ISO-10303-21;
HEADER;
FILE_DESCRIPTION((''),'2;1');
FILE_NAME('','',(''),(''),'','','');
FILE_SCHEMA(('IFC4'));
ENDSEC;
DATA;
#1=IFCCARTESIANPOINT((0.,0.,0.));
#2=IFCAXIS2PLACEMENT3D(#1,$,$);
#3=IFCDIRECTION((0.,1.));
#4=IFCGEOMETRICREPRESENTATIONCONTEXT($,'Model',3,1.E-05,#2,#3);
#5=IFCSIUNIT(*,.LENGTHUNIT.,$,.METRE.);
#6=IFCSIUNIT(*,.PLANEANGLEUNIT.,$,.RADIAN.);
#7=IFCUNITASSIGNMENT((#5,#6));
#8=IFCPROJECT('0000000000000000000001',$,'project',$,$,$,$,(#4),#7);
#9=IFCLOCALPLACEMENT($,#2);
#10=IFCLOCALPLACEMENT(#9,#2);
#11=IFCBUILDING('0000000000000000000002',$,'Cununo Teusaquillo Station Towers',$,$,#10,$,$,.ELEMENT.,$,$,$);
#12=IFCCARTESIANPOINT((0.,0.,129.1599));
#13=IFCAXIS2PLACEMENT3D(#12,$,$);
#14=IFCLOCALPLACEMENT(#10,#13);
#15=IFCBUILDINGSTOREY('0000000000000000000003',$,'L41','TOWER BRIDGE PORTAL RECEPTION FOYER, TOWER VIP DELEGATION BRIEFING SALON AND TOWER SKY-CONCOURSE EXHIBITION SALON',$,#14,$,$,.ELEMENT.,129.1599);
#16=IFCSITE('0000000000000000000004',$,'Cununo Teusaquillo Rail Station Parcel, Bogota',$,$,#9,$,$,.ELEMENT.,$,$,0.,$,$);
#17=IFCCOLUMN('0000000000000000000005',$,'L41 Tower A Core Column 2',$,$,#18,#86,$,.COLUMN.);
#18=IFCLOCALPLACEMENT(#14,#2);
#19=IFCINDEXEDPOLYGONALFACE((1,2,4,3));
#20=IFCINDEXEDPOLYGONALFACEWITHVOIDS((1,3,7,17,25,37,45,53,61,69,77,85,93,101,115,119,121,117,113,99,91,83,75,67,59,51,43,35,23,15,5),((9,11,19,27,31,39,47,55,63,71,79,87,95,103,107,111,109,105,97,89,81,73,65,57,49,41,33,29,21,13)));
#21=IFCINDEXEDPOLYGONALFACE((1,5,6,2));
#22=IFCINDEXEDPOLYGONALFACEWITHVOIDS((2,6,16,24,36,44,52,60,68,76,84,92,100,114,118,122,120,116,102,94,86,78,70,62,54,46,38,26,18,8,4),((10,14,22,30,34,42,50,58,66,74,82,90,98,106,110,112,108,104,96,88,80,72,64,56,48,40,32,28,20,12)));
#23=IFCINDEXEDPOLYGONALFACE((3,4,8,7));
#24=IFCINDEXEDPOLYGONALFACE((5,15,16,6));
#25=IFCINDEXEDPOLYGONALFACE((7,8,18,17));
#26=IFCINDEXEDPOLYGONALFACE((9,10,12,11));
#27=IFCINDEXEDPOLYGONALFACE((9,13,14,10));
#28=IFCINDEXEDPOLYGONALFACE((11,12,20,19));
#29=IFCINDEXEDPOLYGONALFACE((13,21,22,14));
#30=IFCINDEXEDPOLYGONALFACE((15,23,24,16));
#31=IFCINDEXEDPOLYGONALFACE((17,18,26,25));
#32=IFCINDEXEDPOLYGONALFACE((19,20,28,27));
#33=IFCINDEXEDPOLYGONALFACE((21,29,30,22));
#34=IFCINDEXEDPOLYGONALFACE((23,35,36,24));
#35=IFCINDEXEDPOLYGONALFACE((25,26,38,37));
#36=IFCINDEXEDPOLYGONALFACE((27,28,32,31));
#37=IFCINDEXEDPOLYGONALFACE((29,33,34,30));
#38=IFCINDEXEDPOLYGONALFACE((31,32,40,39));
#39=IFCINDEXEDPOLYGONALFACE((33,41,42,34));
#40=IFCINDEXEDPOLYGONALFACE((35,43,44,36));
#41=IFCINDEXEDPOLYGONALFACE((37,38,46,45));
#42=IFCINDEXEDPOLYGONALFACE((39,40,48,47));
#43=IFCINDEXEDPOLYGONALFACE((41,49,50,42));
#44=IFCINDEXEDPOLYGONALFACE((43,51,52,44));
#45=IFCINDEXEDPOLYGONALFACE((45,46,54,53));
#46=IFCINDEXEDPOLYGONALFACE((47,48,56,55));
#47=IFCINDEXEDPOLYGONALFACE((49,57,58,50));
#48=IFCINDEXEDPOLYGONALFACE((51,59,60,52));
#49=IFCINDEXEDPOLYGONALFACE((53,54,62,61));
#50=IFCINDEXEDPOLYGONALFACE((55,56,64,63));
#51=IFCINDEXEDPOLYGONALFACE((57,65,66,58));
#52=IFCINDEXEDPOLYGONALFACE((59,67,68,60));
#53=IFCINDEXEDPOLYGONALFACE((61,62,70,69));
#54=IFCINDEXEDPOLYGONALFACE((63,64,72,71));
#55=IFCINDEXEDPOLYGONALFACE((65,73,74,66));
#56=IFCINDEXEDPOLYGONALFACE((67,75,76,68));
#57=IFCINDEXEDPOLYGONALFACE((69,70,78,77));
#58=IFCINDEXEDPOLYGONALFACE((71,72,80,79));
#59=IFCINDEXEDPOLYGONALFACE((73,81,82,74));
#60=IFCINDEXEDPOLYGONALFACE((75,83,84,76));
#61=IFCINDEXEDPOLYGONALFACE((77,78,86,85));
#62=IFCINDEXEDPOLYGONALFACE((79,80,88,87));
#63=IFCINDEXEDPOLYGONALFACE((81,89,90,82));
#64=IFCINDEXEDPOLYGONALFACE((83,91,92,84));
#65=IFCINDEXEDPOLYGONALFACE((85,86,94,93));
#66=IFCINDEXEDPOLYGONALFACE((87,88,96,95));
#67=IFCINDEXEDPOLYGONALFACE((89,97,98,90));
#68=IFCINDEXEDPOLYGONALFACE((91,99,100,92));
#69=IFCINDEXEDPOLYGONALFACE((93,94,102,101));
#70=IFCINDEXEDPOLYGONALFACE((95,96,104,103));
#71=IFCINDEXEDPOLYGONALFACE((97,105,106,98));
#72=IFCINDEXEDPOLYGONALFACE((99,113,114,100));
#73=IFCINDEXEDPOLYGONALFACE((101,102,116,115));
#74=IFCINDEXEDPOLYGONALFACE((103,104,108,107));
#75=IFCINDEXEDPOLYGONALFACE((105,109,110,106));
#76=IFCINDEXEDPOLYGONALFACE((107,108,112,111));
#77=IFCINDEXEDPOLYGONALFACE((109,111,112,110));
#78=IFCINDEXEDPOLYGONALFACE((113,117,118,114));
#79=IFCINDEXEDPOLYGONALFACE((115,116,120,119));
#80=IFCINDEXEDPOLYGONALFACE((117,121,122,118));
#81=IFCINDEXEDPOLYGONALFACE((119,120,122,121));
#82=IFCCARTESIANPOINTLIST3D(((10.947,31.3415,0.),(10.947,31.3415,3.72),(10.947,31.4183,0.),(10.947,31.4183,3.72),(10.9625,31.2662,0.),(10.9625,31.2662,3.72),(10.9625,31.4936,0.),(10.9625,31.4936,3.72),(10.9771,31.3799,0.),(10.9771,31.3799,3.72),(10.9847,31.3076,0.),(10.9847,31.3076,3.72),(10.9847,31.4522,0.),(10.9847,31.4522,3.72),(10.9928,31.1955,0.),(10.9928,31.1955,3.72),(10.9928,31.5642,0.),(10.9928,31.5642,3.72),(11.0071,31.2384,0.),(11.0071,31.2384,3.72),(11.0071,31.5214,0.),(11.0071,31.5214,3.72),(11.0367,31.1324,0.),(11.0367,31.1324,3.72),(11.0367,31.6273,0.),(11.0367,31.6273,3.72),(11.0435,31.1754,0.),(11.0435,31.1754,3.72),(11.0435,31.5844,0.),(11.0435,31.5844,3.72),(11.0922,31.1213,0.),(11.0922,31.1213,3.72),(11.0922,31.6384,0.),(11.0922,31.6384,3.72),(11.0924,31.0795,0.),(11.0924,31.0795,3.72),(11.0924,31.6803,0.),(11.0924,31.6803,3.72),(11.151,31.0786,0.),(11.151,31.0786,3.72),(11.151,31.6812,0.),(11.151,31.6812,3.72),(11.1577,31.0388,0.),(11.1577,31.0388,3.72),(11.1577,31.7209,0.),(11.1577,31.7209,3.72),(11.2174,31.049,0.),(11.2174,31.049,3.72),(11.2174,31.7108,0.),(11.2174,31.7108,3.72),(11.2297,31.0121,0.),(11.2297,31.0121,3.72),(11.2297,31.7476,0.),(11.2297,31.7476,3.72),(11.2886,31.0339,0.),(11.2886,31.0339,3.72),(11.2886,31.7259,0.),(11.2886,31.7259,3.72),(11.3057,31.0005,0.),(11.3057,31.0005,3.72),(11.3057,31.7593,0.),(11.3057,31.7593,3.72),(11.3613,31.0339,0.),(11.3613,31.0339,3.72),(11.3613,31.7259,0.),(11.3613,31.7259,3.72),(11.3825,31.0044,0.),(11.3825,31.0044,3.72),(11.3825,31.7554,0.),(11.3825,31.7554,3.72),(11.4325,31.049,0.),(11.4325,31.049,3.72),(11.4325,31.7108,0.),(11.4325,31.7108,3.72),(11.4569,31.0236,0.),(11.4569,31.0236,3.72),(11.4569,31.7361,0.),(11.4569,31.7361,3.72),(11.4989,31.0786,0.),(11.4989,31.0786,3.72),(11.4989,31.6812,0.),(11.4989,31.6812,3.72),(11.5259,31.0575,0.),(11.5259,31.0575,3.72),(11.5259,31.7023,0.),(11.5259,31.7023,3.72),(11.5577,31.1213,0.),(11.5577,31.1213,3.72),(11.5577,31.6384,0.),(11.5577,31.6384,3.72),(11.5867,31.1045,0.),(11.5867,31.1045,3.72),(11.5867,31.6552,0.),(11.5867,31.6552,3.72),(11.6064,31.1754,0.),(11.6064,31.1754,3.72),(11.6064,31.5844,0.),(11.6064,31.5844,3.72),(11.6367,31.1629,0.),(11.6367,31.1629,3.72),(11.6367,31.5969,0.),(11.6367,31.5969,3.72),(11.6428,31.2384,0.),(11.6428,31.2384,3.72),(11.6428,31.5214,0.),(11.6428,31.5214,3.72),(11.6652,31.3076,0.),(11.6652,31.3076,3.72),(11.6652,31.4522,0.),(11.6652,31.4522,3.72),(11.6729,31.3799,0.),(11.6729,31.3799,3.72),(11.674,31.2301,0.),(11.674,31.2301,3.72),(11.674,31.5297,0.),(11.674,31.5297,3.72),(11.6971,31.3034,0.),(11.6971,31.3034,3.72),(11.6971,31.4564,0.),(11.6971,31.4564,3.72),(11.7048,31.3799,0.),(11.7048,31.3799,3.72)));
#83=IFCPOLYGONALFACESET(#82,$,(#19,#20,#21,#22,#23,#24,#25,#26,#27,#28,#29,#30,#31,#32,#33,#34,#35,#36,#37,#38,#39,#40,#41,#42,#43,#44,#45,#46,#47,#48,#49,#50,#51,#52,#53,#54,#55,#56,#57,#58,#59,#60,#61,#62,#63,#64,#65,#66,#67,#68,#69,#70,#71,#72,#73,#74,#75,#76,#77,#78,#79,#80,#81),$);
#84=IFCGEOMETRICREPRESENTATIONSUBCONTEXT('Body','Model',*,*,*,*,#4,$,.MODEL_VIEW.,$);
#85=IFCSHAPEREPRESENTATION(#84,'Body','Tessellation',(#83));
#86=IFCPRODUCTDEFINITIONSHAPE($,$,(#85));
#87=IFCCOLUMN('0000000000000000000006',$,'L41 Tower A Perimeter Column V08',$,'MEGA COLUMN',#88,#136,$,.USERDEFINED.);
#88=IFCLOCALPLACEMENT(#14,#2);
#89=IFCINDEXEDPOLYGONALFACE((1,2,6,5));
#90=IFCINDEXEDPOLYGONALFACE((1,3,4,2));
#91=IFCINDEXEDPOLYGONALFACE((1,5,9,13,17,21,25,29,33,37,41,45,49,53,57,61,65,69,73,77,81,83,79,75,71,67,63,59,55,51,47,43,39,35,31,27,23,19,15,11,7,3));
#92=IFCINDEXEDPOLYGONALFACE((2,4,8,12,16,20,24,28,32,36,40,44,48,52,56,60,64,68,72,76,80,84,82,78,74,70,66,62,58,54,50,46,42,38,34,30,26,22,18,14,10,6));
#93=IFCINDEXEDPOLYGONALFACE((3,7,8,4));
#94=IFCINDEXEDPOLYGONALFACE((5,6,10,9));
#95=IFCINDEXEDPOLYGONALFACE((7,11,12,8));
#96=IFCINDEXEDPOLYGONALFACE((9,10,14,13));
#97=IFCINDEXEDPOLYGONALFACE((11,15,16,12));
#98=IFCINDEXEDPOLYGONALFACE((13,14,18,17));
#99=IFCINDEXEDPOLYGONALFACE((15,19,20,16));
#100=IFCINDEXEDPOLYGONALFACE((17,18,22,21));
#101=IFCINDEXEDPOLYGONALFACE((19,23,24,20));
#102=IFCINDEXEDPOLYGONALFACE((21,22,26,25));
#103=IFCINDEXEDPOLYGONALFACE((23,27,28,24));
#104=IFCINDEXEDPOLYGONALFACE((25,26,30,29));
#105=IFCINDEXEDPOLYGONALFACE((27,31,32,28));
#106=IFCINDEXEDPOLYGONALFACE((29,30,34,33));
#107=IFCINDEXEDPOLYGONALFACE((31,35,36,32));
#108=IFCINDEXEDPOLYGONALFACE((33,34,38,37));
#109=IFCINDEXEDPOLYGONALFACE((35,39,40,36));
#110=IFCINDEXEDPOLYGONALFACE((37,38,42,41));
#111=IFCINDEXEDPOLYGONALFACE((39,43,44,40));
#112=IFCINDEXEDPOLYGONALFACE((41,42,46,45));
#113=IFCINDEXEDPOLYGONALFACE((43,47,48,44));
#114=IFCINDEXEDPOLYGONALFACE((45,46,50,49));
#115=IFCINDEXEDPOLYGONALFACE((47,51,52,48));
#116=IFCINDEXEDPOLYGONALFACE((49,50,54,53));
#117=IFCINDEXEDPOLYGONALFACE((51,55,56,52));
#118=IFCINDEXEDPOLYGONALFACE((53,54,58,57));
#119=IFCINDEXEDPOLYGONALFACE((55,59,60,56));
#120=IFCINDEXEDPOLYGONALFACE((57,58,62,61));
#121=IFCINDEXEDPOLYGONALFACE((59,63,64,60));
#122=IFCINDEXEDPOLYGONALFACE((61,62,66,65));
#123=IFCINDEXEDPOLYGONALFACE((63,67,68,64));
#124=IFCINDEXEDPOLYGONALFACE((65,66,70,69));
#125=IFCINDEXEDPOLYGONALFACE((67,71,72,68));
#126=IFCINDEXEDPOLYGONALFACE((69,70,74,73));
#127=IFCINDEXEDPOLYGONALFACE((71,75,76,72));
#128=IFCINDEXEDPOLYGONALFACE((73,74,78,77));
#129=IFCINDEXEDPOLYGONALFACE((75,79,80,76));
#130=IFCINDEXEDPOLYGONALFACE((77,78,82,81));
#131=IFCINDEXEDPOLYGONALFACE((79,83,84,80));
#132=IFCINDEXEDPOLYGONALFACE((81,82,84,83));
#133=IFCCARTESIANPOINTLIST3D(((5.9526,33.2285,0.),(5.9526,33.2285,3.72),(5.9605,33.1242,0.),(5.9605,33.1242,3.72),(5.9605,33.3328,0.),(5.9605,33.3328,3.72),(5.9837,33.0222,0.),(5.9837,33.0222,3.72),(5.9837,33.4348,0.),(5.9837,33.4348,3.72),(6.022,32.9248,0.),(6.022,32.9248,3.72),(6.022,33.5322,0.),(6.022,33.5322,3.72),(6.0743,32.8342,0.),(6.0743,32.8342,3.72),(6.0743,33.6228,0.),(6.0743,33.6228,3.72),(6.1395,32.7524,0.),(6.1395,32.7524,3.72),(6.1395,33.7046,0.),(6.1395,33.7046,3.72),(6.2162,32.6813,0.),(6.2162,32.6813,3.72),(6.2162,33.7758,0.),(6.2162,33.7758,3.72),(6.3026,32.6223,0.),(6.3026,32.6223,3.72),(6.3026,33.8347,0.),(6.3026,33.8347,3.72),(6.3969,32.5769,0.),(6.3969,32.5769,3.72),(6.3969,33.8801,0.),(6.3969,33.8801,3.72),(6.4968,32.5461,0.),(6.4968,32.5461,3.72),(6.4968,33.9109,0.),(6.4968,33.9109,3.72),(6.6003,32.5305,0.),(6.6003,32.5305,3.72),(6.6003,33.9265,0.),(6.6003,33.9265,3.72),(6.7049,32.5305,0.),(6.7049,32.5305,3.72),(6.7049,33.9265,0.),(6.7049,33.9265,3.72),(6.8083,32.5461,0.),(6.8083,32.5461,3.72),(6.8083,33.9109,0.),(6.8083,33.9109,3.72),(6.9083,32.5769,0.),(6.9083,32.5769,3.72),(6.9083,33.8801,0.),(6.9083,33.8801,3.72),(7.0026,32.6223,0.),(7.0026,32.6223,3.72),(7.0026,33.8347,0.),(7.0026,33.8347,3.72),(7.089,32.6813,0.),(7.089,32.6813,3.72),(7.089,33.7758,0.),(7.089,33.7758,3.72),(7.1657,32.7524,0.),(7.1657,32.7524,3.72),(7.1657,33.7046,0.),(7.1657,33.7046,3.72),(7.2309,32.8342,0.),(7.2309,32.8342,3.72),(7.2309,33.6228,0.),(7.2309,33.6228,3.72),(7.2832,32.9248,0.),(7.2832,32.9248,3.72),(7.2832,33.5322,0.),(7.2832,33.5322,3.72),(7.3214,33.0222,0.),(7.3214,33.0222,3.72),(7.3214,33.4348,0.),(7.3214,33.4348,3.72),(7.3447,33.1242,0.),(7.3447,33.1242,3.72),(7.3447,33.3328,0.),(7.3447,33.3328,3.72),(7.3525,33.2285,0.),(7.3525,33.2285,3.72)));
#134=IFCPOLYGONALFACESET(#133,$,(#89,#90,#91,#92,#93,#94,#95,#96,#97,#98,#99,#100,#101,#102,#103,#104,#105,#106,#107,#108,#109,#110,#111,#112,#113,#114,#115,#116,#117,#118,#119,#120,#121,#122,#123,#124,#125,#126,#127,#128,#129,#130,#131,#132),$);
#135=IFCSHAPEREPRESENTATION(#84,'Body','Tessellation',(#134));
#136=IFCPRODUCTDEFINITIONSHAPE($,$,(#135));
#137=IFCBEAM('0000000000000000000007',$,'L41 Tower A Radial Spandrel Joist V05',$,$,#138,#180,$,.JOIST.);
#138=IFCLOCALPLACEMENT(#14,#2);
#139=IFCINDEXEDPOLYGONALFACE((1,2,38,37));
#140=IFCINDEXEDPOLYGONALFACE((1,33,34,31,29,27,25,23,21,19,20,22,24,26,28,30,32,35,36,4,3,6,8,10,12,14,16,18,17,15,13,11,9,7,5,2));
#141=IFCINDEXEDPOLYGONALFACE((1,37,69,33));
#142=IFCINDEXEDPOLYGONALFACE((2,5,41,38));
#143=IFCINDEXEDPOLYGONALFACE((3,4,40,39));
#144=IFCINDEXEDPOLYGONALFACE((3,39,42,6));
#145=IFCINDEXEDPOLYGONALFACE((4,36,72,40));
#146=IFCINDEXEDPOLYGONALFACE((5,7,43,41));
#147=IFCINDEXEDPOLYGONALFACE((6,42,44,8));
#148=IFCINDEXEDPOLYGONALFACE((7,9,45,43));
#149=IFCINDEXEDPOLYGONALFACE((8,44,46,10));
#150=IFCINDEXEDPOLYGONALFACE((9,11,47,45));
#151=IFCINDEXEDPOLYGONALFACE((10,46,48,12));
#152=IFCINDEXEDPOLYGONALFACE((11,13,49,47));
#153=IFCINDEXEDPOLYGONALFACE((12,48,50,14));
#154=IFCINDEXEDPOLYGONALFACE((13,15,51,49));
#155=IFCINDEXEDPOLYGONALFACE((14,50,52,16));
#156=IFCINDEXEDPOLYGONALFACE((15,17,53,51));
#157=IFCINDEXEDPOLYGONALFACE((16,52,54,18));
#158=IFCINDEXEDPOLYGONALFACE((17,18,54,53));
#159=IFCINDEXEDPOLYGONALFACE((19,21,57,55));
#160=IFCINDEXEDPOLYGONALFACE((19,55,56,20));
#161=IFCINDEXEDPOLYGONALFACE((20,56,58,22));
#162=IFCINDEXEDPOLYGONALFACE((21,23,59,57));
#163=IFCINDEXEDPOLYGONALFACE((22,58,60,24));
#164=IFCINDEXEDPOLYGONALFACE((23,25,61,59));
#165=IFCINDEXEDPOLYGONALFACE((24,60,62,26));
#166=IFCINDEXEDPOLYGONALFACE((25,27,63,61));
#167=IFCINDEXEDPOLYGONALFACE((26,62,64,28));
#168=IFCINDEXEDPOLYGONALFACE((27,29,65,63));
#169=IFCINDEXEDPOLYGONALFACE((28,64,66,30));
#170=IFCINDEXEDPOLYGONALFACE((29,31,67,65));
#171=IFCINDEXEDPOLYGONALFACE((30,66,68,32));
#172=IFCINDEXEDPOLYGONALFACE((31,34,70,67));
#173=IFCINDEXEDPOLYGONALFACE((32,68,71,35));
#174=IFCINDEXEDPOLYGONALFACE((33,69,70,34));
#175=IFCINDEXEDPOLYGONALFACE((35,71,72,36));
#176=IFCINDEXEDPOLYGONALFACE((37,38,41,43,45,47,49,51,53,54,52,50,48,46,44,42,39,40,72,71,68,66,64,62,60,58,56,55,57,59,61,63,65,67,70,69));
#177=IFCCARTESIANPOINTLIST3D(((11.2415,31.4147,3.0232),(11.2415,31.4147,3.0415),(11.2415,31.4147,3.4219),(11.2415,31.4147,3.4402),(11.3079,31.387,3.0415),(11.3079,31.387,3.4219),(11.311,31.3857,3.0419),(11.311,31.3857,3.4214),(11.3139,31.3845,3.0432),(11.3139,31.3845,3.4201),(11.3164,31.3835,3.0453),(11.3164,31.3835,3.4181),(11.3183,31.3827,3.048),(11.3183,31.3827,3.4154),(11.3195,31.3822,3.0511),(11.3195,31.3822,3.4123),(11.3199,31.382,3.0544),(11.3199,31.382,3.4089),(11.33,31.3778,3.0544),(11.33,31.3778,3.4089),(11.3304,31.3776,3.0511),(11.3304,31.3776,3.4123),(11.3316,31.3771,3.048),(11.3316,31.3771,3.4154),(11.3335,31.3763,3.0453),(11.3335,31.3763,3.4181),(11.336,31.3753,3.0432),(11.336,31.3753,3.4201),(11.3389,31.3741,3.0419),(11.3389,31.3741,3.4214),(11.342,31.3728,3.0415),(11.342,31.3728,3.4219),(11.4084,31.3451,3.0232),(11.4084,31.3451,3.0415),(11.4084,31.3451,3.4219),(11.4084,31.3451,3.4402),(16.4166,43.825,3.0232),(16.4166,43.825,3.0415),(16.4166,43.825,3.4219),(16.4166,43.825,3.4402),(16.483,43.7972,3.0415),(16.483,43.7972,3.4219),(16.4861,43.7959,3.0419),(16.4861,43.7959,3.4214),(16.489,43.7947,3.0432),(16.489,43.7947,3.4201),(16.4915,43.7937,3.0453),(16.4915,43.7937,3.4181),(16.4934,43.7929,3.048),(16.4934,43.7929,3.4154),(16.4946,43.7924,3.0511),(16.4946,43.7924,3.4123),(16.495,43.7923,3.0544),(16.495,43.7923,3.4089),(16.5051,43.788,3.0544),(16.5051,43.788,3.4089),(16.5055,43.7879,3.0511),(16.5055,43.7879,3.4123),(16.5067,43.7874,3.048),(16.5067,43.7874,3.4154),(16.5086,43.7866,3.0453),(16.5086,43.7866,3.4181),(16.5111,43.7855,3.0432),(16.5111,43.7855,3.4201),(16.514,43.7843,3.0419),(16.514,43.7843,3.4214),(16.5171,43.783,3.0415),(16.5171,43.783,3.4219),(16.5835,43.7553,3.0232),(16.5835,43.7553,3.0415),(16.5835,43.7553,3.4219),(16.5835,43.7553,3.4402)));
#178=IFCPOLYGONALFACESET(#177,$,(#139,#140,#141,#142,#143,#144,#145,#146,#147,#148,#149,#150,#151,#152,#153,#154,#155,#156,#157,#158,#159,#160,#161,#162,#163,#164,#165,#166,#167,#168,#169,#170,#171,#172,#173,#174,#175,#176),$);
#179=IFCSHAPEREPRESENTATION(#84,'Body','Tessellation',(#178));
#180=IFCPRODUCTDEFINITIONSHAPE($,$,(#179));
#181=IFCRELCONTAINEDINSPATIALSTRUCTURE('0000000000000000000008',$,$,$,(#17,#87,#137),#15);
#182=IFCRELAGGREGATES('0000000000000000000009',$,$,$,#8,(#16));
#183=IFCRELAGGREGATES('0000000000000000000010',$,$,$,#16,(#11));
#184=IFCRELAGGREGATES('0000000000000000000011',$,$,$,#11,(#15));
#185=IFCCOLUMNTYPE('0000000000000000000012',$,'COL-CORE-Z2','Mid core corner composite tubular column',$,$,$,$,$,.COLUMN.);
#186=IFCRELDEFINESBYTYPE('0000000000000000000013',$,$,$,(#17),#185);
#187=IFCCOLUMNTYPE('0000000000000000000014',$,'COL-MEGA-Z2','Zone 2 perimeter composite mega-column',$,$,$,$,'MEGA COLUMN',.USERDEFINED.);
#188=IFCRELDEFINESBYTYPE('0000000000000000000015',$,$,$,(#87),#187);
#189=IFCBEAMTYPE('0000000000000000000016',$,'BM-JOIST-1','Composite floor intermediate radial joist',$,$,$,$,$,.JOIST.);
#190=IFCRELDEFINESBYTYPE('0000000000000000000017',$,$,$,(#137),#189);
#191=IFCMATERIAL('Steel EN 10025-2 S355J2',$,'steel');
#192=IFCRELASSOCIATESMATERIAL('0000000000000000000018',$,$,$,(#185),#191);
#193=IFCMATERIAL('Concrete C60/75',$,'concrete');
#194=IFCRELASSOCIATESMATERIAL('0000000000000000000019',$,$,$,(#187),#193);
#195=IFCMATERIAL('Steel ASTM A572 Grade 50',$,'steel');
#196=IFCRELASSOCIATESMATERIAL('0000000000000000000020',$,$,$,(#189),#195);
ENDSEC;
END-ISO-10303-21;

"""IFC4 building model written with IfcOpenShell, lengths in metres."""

from ifc_helpers import new_model, si_unit, direction, frame, origin, origin_2d, place, context, subcontext, project, spatial, circle, hollow_circle, i_section, extrude, material, material_profile, profile_set, type_object, element, save


model = new_model("IFC4")

# Units and contexts
model_context = context("Model", 3, precision=1e-05, world=origin(), true_north=direction((0.0, 1.0)))
body_context = subcontext(model_context, "Body", "Model", "MODEL_VIEW")
ifc_project = project(units=[si_unit("LENGTHUNIT", "METRE"), si_unit("PLANEANGLEUNIT", "RADIAN")], contexts=[model_context])

# Site, building, storey
site_placement = place(None, origin())
site = spatial("IfcSite", under=ifc_project, at=site_placement, Name="Cununo Teusaquillo Rail Station Parcel, Bogota", CompositionType="ELEMENT", RefElevation=0.0)
building_placement = place(site_placement, origin())
building = spatial("IfcBuilding", under=site, at=building_placement, Name="Cununo Teusaquillo Station Towers", CompositionType="ELEMENT")
storey_placement = place(building_placement, frame((0.0, 0.0, 129.1599)))
storey = spatial("IfcBuildingStorey", under=building, at=storey_placement, Name="L41", Description="TOWER BRIDGE PORTAL RECEPTION FOYER, TOWER VIP DELEGATION BRIEFING SALON AND TOWER SKY-CONCOURSE EXHIBITION SALON", CompositionType="ELEMENT", Elevation=129.1599)

# Columns
ifc_material_1 = material(Name="Steel EN 10025-2 S355J2", Category="steel")
ifc_material_profile_1 = material_profile(ifc_material_1, hollow_circle(Radius=0.3799, WallThickness=0.032, at=origin_2d()), Name="CHS 760x32")
ifc_profile_set_1 = profile_set([ifc_material_profile_1], Name="Steel EN 10025-2 S355J2")
column_type_1 = type_object("IfcColumnType", Name="COL-CORE-Z2", Description="Mid core corner composite tubular column", PredefinedType="COLUMN", material=ifc_profile_set_1)
column_1_placement = place(storey_placement, frame((11.325, 31.3799, 0.0), z_axis=(0.0, 0.0, 1.0), x_axis=(1.0, 0.0, 0.0)))
element("IfcColumn", 1, at=column_1_placement, inside=storey, type_object=column_type_1, Name="L41 Tower A Core Column 2", PredefinedType="COLUMN", context=body_context, shape_type="SweptSolid", body=[
    extrude(hollow_circle(Radius=0.3799, WallThickness=0.032, at=origin_2d()), origin(), (0.0, 0.0, 1.0), 3.72),
])
ifc_material_2 = material(Name="Concrete C60/75", Category="concrete")
ifc_material_profile_2 = material_profile(ifc_material_2, circle(Radius=0.7, at=origin_2d()), Name="RC-CIRC-1400")
ifc_profile_set_2 = profile_set([ifc_material_profile_2], Name="Concrete C60/75")
column_type_2 = type_object("IfcColumnType", Name="COL-MEGA-Z2", Description="Zone 2 perimeter composite mega-column", ElementType="MEGA COLUMN", PredefinedType="USERDEFINED", material=ifc_profile_set_2)
column_2_placement = place(storey_placement, frame((6.6526, 33.2285, 0.0), z_axis=(0.0, 0.0, 1.0), x_axis=(1.0, 0.0, 0.0)))
element("IfcColumn", 2, at=column_2_placement, inside=storey, type_object=column_type_2, Name="L41 Tower A Perimeter Column V08", ObjectType="MEGA COLUMN", PredefinedType="USERDEFINED", context=body_context, shape_type="SweptSolid", body=[
    extrude(circle(Radius=0.7, at=origin_2d()), origin(), (0.0, 0.0, 1.0), 3.72),
])

# Beam
ifc_material_3 = material(Name="Steel ASTM A572 Grade 50", Category="steel")
ifc_material_profile_3 = material_profile(ifc_material_3, i_section(OverallWidth=0.1809, OverallDepth=0.417, WebThickness=0.011, FlangeThickness=0.0183, FilletRadius=0.0129, at=origin_2d()), Name="W16X57")
ifc_profile_set_3 = profile_set([ifc_material_profile_3], Name="Steel ASTM A572 Grade 50")
beam_type_1 = type_object("IfcBeamType", Name="BM-JOIST-1", Description="Composite floor intermediate radial joist", PredefinedType="JOIST", material=ifc_profile_set_3)
beam_1_placement = place(storey_placement, frame((11.325, 31.3799, 3.2317), z_axis=(0.384878, 0.922967, 0.0), x_axis=(-0.922967, 0.384878, 0.0)))
element("IfcBeam", 3, at=beam_1_placement, inside=storey, type_object=beam_type_1, Name="L41 Tower A Radial Spandrel Joist V05", PredefinedType="JOIST", context=body_context, shape_type="SweptSolid", body=[
    extrude(i_section(OverallWidth=0.1809, OverallDepth=0.417, WebThickness=0.011, FlangeThickness=0.0183, FilletRadius=0.0129, at=origin_2d()), origin(), (0.0, 0.0, 1.0), 13.446),
])

save(model, "model.ifc")
